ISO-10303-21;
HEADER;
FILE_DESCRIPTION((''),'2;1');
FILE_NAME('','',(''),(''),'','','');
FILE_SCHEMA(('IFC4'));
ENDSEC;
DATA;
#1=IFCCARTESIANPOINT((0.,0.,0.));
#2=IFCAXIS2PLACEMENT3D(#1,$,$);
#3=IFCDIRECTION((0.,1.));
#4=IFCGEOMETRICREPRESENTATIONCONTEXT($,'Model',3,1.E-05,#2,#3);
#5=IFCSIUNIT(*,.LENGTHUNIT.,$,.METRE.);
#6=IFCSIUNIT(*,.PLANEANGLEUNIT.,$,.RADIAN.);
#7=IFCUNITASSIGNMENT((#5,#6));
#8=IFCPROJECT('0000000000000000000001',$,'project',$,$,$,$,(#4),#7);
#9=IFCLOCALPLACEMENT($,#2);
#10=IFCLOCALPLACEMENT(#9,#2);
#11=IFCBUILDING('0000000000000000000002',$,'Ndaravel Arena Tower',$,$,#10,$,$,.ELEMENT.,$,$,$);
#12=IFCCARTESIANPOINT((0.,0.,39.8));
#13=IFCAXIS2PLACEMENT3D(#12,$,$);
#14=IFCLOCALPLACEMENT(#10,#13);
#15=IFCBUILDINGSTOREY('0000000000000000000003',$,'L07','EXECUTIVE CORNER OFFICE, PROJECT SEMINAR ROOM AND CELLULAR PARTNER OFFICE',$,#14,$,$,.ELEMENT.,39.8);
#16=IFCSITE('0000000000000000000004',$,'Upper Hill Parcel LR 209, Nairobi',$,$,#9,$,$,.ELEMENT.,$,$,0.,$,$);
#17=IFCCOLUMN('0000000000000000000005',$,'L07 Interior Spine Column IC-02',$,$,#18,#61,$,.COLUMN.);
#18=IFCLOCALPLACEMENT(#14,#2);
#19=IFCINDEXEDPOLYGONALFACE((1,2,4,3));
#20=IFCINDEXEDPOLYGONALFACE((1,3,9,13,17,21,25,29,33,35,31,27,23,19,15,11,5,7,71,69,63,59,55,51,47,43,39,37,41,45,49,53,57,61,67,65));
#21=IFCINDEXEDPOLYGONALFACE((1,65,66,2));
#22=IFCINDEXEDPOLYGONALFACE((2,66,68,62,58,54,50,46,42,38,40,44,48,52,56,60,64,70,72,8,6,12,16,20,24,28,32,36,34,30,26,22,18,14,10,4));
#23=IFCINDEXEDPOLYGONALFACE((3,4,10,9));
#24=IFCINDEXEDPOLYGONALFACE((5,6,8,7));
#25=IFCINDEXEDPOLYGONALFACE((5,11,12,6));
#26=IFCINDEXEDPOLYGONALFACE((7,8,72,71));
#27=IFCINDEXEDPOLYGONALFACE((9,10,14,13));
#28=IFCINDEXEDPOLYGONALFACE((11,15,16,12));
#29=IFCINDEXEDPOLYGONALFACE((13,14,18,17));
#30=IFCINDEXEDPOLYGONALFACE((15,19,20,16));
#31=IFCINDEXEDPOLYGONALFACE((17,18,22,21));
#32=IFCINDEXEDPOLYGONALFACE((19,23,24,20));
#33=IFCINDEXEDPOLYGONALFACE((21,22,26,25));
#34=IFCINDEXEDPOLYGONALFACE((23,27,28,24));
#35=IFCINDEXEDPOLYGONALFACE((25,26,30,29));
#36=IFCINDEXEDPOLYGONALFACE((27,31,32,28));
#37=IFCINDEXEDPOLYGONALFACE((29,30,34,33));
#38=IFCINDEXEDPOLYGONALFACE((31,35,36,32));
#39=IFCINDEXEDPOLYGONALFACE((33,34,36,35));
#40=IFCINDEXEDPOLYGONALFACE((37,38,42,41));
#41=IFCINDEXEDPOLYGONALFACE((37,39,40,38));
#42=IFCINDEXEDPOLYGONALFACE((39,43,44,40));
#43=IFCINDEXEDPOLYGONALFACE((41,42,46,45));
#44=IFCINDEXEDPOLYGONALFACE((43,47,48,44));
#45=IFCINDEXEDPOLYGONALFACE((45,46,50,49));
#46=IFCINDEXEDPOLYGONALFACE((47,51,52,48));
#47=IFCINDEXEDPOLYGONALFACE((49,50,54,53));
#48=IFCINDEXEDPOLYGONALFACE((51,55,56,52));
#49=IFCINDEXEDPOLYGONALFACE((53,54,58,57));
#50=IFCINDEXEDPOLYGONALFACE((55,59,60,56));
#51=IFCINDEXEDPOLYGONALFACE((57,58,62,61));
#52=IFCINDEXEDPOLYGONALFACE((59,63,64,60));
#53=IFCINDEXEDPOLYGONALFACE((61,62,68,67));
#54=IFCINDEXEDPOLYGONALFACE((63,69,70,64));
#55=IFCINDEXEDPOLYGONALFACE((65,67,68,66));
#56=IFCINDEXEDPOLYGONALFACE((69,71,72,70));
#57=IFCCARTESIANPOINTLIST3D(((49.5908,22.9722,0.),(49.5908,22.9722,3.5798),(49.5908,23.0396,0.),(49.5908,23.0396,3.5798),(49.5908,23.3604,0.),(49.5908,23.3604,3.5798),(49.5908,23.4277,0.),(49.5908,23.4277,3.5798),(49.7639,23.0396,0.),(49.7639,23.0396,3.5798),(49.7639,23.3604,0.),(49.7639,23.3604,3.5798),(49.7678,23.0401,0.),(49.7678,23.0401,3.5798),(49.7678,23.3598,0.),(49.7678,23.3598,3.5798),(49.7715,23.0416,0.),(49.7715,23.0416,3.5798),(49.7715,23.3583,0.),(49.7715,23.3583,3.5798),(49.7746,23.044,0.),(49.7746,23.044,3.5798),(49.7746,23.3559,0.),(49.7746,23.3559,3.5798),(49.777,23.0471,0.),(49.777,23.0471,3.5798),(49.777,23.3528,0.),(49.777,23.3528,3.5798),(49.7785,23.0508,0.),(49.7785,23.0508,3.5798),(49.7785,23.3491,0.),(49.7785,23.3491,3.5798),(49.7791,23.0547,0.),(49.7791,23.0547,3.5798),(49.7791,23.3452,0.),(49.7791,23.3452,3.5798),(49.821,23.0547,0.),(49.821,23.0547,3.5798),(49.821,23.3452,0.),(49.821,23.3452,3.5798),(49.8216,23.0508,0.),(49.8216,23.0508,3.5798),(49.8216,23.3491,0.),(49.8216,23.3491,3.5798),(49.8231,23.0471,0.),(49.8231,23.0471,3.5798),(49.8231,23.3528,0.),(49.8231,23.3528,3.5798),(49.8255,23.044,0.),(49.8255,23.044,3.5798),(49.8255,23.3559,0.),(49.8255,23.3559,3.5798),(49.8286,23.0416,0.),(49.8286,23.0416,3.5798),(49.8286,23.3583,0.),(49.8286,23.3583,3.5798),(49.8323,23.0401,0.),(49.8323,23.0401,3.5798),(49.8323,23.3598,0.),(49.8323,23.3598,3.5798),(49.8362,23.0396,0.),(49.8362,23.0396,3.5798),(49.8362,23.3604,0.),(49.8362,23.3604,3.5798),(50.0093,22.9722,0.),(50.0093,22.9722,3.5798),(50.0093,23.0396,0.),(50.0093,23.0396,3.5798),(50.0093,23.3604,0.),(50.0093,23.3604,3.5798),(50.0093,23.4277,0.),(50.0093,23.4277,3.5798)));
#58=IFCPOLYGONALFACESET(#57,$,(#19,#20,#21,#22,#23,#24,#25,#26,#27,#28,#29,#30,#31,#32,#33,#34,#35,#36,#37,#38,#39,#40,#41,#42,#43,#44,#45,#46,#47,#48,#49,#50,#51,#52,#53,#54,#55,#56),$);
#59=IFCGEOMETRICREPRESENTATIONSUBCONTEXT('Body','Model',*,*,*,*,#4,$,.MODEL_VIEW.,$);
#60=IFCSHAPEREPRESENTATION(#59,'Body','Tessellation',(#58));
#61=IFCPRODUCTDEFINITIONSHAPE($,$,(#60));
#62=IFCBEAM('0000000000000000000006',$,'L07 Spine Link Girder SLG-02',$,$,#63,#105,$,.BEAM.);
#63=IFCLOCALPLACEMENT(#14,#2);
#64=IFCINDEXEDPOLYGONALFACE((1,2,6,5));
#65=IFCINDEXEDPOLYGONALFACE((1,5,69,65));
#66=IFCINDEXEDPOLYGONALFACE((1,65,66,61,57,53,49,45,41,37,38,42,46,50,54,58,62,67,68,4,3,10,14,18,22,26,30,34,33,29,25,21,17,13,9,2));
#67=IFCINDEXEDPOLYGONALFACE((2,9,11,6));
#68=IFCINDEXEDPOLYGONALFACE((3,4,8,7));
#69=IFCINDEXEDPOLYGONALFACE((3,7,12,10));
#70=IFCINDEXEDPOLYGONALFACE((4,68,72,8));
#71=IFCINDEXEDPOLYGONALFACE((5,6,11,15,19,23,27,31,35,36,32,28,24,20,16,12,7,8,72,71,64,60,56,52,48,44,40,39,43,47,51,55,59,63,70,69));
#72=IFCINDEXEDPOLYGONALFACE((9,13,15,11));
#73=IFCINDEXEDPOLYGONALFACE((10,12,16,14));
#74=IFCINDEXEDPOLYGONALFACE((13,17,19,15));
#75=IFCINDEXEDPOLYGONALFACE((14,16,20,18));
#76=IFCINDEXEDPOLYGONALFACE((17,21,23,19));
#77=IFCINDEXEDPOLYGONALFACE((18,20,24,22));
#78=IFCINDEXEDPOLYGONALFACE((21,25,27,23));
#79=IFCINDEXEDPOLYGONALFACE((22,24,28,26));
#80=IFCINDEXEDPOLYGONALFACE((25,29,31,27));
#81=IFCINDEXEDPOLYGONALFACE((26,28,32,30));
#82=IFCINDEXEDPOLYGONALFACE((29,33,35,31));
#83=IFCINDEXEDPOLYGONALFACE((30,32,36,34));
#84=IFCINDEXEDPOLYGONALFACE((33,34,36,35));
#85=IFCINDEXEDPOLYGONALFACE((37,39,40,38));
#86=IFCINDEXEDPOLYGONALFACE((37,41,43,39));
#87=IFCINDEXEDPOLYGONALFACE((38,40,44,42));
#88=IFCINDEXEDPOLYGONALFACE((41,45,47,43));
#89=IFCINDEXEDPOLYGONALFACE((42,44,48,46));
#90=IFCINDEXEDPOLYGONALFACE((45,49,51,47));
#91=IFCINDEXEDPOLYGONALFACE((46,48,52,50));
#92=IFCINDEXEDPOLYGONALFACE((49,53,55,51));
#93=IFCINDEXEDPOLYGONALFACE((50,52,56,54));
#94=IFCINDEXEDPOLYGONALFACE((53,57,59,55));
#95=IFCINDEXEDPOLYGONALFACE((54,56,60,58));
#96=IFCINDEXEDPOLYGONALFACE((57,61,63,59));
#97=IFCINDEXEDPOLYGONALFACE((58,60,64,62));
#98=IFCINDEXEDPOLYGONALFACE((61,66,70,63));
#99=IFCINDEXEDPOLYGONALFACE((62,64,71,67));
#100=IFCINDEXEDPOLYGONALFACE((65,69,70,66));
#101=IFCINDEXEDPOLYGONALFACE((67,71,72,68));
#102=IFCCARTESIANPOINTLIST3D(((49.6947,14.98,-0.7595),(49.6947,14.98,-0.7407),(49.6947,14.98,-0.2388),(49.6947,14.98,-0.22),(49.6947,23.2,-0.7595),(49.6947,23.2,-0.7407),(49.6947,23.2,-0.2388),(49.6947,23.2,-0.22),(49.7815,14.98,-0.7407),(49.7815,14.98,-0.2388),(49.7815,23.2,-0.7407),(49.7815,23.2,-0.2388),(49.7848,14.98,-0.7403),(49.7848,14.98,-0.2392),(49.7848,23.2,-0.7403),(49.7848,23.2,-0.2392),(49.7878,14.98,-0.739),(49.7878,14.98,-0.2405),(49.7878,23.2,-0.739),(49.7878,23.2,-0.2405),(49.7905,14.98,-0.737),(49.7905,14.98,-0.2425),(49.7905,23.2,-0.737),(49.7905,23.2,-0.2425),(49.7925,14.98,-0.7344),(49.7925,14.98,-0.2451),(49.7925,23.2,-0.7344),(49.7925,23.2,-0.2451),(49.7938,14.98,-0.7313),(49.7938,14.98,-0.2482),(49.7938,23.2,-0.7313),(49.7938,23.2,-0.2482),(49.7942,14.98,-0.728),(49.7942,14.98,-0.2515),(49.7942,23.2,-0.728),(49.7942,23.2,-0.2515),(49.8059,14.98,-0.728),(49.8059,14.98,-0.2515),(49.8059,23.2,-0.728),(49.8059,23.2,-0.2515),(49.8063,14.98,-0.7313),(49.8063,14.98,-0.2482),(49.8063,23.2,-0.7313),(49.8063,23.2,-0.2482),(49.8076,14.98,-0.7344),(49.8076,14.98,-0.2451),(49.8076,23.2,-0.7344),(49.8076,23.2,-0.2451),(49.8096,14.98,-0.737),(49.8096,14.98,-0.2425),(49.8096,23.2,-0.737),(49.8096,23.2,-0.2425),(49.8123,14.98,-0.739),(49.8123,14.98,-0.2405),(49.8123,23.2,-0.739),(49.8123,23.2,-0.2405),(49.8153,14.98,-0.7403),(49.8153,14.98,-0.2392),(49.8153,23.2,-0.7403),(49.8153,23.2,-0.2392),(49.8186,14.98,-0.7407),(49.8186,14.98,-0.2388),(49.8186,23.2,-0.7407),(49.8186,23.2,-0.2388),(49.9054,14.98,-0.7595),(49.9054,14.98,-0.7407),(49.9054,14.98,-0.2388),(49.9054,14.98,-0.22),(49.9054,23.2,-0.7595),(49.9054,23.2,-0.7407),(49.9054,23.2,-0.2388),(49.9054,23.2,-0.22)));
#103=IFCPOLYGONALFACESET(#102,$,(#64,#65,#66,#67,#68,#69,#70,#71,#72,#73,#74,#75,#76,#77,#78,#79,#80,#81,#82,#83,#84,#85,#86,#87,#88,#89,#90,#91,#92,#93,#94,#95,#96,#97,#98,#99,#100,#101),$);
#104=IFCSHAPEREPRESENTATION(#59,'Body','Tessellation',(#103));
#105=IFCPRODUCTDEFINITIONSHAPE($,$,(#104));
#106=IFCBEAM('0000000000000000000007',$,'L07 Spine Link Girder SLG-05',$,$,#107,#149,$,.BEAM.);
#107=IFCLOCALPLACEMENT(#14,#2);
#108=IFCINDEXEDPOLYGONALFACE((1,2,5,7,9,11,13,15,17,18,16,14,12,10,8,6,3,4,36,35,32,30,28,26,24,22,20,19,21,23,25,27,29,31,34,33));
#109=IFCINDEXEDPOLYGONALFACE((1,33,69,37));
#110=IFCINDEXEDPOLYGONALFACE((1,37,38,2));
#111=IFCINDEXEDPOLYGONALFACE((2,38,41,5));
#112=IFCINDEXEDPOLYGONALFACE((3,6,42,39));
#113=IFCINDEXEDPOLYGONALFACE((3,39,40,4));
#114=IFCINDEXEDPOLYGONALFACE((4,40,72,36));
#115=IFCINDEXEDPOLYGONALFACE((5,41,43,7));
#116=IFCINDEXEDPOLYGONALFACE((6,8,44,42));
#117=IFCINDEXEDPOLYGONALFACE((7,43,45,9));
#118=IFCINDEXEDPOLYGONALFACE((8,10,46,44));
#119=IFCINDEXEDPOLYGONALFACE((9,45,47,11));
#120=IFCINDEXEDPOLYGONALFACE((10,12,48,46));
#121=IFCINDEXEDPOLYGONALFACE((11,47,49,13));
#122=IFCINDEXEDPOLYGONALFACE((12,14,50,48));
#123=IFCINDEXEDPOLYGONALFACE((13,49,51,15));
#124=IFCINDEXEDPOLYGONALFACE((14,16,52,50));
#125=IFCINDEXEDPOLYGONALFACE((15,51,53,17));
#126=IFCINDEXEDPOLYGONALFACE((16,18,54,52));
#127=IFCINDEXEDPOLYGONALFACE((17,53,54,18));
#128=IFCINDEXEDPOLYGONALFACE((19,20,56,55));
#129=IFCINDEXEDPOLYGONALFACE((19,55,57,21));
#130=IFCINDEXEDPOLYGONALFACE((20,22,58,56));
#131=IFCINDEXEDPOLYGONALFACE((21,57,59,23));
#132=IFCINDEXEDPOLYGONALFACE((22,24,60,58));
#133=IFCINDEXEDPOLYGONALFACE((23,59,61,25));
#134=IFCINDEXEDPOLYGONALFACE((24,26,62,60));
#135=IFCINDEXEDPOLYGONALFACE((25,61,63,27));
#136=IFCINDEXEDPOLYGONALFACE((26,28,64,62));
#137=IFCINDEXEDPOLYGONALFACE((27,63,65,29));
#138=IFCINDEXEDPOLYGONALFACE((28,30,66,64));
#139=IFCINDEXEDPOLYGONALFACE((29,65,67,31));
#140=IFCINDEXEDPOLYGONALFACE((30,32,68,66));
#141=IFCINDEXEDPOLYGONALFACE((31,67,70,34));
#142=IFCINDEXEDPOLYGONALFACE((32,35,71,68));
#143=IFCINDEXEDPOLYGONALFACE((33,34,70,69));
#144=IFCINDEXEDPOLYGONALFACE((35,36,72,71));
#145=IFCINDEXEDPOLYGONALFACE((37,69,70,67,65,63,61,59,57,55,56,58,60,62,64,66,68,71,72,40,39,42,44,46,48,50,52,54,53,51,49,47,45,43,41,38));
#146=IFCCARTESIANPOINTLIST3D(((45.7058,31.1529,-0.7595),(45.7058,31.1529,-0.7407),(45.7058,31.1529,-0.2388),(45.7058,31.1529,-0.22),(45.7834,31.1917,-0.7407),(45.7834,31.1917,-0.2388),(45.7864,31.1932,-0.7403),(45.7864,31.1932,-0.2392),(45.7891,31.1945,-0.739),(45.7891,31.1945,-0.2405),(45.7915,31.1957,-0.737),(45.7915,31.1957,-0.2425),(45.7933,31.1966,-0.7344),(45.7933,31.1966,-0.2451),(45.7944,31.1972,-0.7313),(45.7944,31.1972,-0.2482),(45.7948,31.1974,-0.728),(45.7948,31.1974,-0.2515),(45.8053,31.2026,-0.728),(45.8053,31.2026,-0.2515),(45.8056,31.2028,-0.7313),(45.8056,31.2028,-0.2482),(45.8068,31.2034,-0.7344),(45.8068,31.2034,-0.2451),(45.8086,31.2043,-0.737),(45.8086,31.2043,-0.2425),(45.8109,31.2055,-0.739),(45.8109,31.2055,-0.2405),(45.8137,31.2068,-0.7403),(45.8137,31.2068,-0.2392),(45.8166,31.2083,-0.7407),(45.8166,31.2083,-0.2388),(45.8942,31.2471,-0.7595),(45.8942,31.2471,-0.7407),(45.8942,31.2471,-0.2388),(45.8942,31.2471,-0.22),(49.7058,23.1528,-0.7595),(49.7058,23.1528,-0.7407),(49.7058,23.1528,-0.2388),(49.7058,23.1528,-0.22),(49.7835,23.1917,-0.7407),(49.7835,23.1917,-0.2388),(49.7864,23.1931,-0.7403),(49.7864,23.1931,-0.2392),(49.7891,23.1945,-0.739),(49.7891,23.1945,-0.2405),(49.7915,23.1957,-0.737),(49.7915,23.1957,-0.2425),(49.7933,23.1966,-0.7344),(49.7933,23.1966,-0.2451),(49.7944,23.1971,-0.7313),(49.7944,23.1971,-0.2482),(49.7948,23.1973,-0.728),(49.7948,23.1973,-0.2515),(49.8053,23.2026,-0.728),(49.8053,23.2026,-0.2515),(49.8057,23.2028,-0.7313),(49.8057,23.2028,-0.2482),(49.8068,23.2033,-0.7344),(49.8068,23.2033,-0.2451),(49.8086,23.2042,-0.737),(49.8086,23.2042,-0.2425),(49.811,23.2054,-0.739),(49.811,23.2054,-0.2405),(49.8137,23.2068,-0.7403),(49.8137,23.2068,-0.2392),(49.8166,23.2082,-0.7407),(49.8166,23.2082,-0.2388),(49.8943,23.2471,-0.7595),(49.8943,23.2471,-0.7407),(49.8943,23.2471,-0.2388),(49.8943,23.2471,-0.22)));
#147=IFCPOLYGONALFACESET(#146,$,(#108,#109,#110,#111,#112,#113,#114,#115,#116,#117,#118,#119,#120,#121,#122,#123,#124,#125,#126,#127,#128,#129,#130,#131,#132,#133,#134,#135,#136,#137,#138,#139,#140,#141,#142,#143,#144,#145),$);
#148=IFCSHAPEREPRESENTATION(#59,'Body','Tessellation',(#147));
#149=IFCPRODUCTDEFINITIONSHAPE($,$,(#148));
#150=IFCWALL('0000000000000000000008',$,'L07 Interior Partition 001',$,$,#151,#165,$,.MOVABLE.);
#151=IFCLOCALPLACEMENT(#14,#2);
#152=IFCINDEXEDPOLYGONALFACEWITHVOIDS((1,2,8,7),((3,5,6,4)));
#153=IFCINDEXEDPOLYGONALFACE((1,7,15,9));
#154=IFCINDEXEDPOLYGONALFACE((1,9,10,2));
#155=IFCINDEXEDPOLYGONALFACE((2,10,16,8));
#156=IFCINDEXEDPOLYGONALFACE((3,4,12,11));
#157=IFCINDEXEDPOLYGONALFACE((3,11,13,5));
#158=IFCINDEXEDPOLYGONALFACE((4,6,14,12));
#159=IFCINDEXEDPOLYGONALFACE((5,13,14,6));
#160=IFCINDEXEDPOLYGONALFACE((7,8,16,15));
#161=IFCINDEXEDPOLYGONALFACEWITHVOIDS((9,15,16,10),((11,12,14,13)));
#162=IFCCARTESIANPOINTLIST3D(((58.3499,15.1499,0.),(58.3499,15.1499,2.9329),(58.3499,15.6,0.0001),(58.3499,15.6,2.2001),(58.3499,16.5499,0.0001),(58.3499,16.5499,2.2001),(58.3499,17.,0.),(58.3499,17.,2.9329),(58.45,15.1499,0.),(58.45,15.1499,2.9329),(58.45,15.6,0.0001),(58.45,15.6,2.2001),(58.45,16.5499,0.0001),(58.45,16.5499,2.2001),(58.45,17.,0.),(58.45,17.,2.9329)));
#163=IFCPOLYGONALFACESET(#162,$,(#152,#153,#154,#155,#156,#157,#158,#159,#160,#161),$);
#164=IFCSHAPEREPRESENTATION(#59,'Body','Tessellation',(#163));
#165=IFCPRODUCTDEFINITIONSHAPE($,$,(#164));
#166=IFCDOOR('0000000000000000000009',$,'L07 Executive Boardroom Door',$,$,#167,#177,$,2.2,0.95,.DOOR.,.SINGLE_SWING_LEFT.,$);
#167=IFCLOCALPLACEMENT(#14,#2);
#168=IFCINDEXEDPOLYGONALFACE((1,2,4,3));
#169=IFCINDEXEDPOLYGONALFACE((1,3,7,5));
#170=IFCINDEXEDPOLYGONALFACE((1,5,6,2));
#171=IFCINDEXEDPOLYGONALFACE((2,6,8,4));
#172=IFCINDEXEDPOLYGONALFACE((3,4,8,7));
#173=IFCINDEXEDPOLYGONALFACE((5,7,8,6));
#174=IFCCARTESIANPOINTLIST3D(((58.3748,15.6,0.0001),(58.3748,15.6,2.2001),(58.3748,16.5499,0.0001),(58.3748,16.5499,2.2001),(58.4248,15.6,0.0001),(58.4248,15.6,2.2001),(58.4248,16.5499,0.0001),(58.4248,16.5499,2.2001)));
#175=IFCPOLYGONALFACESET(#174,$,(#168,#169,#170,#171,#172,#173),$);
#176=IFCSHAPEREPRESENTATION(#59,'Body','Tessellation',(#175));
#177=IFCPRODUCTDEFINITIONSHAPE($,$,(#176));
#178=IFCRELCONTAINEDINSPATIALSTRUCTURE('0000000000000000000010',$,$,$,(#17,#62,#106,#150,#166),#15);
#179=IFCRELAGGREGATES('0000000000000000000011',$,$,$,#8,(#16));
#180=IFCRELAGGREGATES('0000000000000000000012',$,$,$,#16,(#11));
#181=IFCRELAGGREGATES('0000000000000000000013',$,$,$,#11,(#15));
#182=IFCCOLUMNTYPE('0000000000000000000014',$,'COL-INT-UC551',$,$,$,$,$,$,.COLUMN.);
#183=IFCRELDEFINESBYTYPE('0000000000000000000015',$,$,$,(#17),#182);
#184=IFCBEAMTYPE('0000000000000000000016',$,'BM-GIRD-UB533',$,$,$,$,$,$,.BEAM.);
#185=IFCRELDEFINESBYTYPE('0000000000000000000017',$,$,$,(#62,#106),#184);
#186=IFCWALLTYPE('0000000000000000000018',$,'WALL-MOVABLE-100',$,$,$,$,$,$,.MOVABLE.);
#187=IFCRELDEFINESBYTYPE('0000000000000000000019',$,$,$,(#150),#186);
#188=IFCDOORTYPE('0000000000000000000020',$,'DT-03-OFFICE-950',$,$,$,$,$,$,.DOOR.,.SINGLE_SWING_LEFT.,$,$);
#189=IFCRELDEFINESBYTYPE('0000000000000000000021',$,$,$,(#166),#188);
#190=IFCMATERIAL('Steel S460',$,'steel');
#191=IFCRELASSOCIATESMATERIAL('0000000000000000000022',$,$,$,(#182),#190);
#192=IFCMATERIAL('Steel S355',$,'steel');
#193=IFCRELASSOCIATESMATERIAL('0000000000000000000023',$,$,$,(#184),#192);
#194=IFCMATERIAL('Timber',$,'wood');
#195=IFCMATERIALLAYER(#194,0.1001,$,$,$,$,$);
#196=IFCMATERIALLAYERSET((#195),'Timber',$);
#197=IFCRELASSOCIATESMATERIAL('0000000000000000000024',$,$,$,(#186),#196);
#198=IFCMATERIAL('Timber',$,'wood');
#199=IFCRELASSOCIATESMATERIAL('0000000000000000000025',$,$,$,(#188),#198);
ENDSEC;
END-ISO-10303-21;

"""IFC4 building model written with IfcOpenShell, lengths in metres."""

from ifc_helpers import new_model, si_unit, direction, frame, frame_2d, origin, origin_2d, place, context, subcontext, project, spatial, rectangle, i_section, extrude, material, layer, layer_set, material_profile, profile_set, type_object, element, fill, save


model = new_model("IFC4")

# Units and contexts
model_context = context("Model", 3, precision=1e-05, world=origin(), true_north=direction((0.0, 1.0)))
body_context = subcontext(model_context, "Body", "Model", "MODEL_VIEW")
ifc_project = project(units=[si_unit("LENGTHUNIT", "METRE"), si_unit("PLANEANGLEUNIT", "RADIAN")], contexts=[model_context])

# Site, building, storey
site_placement = place(None, origin())
site = spatial("IfcSite", under=ifc_project, at=site_placement, Name="Upper Hill Parcel LR 209, Nairobi", CompositionType="ELEMENT", RefElevation=0.0)
building_placement = place(site_placement, origin())
building = spatial("IfcBuilding", under=site, at=building_placement, Name="Ndaravel Arena Tower", CompositionType="ELEMENT")
storey_placement = place(building_placement, frame((0.0, 0.0, 39.8)))
storey = spatial("IfcBuildingStorey", under=building, at=storey_placement, Name="L07", Description="EXECUTIVE CORNER OFFICE, PROJECT SEMINAR ROOM AND CELLULAR PARTNER OFFICE", CompositionType="ELEMENT", Elevation=39.8)

# Column
ifc_material_1 = material(Name="Steel S460", Category="steel")
ifc_material_profile_1 = material_profile(ifc_material_1, i_section(OverallWidth=0.4185, OverallDepth=0.4556, WebThickness=0.042, FlangeThickness=0.0674, FilletRadius=0.0151, at=origin_2d()), Name="UC 356x406x551")
ifc_profile_set_1 = profile_set([ifc_material_profile_1], Name="Steel S460")
column_type = type_object("IfcColumnType", Name="COL-INT-UC551", PredefinedType="COLUMN", material=ifc_profile_set_1)
column_placement = place(storey_placement, frame((49.8, 23.2, 0.0), z_axis=(0.0, 0.0, 1.0), x_axis=(1.0, 0.0, 0.0)))
element("IfcColumn", 1, at=column_placement, inside=storey, type_object=column_type, Name="L07 Interior Spine Column IC-02", PredefinedType="COLUMN", context=body_context, shape_type="SweptSolid", body=[
    extrude(i_section(OverallWidth=0.4185, OverallDepth=0.4556, WebThickness=0.042, FlangeThickness=0.0674, FilletRadius=0.0151, at=origin_2d()), origin(), (0.0, 0.0, 1.0), 3.5798),
])

# Beams
ifc_material_2 = material(Name="Steel S355", Category="steel")
ifc_material_profile_2 = material_profile(ifc_material_2, i_section(OverallWidth=0.2107, OverallDepth=0.5396, WebThickness=0.0117, FlangeThickness=0.0188, FilletRadius=0.0127, at=origin_2d()), Name="UB 533x210x109")
ifc_profile_set_2 = profile_set([ifc_material_profile_2], Name="Steel S355")
beam_type = type_object("IfcBeamType", Name="BM-GIRD-UB533", PredefinedType="BEAM", material=ifc_profile_set_2)
beam_1_placement = place(storey_placement, frame((49.8, 14.98, -0.4897), z_axis=(0.0, 1.0, 0.0), x_axis=(-1.0, 0.0, 0.0)))
element("IfcBeam", 2, at=beam_1_placement, inside=storey, type_object=beam_type, Name="L07 Spine Link Girder SLG-02", PredefinedType="BEAM", context=body_context, shape_type="SweptSolid", body=[
    extrude(i_section(OverallWidth=0.2107, OverallDepth=0.5396, WebThickness=0.0117, FlangeThickness=0.0188, FilletRadius=0.0127, at=origin_2d()), origin(), (0.0, 0.0, 1.0), 8.22),
])
beam_2_placement = place(storey_placement, frame((49.8, 23.2, -0.4897), z_axis=(-0.447214, 0.894427, 0.0), x_axis=(-0.894427, -0.447214, 0.0)))
element("IfcBeam", 3, at=beam_2_placement, inside=storey, type_object=beam_type, Name="L07 Spine Link Girder SLG-05", PredefinedType="BEAM", context=body_context, shape_type="SweptSolid", body=[
    extrude(i_section(OverallWidth=0.2107, OverallDepth=0.5396, WebThickness=0.0117, FlangeThickness=0.0188, FilletRadius=0.0127, at=origin_2d()), origin(), (0.0, 0.0, 1.0), 8.9443),
])

# Wall, opening, door
ifc_material_3 = material(Name="Timber", Category="wood")
ifc_layer_1 = layer(ifc_material_3, 0.1001)
ifc_layer_set_1 = layer_set([ifc_layer_1], Name="Timber")
wall_type_1 = type_object("IfcWallType", Name="WALL-MOVABLE-100", PredefinedType="MOVABLE", material=ifc_layer_set_1)
wall_1_placement = place(storey_placement, frame((58.3999, 17.0, 0.0), z_axis=(0.0, 0.0, 1.0), x_axis=(0.0, -1.0, 0.0)))
wall_1 = element("IfcWall", 4, at=wall_1_placement, inside=storey, type_object=wall_type_1, Name="L07 Interior Partition 001", PredefinedType="MOVABLE", context=body_context, shape_type="SweptSolid", body=[
    extrude(rectangle(XDim=1.8501, YDim=0.1001, at=frame_2d((0.925, 0.0))), origin(), (0.0, 0.0, 1.0), 2.9329),
])
opening_1_placement = place(wall_1_placement, frame((0.45, 0.0, 0.0)))
opening_1 = element("IfcOpeningElement", 5, at=opening_1_placement, cuts=wall_1, PredefinedType="OPENING", context=body_context, shape_type="SweptSolid", body=[
    extrude(rectangle(XDim=0.95, YDim=2.2, at=frame_2d((0.4751, 1.1001))), frame((0.0, 0.05, 0.0), z_axis=(0.0, -1.0, 0.0), x_axis=(1.0, 0.0, 0.0)), (0.0, 0.0, 1.0), 0.1001),
])
ifc_material_4 = material(Name="Timber", Category="wood")
door_type_1 = type_object("IfcDoorType", Name="DT-03-OFFICE-950", OperationType="SINGLE_SWING_LEFT", PredefinedType="DOOR", material=ifc_material_4)
door_1_placement = place(opening_1_placement, origin())
door_1 = element("IfcDoor", 6, at=door_1_placement, inside=storey, type_object=door_type_1, Name="L07 Executive Boardroom Door", OperationType="SINGLE_SWING_LEFT", OverallHeight=2.2, OverallWidth=0.95, PredefinedType="DOOR", context=body_context, shape_type="SweptSolid", body=[
    extrude(rectangle(XDim=0.95, YDim=2.2, at=frame_2d((0.4751, 1.1001))), frame((0.0, 0.0249, 0.0), z_axis=(0.0, -1.0, 0.0), x_axis=(1.0, 0.0, 0.0)), (0.0, 0.0, 1.0), 0.05),
])
fill(opening_1, door_1)

save(model, "model.ifc")
